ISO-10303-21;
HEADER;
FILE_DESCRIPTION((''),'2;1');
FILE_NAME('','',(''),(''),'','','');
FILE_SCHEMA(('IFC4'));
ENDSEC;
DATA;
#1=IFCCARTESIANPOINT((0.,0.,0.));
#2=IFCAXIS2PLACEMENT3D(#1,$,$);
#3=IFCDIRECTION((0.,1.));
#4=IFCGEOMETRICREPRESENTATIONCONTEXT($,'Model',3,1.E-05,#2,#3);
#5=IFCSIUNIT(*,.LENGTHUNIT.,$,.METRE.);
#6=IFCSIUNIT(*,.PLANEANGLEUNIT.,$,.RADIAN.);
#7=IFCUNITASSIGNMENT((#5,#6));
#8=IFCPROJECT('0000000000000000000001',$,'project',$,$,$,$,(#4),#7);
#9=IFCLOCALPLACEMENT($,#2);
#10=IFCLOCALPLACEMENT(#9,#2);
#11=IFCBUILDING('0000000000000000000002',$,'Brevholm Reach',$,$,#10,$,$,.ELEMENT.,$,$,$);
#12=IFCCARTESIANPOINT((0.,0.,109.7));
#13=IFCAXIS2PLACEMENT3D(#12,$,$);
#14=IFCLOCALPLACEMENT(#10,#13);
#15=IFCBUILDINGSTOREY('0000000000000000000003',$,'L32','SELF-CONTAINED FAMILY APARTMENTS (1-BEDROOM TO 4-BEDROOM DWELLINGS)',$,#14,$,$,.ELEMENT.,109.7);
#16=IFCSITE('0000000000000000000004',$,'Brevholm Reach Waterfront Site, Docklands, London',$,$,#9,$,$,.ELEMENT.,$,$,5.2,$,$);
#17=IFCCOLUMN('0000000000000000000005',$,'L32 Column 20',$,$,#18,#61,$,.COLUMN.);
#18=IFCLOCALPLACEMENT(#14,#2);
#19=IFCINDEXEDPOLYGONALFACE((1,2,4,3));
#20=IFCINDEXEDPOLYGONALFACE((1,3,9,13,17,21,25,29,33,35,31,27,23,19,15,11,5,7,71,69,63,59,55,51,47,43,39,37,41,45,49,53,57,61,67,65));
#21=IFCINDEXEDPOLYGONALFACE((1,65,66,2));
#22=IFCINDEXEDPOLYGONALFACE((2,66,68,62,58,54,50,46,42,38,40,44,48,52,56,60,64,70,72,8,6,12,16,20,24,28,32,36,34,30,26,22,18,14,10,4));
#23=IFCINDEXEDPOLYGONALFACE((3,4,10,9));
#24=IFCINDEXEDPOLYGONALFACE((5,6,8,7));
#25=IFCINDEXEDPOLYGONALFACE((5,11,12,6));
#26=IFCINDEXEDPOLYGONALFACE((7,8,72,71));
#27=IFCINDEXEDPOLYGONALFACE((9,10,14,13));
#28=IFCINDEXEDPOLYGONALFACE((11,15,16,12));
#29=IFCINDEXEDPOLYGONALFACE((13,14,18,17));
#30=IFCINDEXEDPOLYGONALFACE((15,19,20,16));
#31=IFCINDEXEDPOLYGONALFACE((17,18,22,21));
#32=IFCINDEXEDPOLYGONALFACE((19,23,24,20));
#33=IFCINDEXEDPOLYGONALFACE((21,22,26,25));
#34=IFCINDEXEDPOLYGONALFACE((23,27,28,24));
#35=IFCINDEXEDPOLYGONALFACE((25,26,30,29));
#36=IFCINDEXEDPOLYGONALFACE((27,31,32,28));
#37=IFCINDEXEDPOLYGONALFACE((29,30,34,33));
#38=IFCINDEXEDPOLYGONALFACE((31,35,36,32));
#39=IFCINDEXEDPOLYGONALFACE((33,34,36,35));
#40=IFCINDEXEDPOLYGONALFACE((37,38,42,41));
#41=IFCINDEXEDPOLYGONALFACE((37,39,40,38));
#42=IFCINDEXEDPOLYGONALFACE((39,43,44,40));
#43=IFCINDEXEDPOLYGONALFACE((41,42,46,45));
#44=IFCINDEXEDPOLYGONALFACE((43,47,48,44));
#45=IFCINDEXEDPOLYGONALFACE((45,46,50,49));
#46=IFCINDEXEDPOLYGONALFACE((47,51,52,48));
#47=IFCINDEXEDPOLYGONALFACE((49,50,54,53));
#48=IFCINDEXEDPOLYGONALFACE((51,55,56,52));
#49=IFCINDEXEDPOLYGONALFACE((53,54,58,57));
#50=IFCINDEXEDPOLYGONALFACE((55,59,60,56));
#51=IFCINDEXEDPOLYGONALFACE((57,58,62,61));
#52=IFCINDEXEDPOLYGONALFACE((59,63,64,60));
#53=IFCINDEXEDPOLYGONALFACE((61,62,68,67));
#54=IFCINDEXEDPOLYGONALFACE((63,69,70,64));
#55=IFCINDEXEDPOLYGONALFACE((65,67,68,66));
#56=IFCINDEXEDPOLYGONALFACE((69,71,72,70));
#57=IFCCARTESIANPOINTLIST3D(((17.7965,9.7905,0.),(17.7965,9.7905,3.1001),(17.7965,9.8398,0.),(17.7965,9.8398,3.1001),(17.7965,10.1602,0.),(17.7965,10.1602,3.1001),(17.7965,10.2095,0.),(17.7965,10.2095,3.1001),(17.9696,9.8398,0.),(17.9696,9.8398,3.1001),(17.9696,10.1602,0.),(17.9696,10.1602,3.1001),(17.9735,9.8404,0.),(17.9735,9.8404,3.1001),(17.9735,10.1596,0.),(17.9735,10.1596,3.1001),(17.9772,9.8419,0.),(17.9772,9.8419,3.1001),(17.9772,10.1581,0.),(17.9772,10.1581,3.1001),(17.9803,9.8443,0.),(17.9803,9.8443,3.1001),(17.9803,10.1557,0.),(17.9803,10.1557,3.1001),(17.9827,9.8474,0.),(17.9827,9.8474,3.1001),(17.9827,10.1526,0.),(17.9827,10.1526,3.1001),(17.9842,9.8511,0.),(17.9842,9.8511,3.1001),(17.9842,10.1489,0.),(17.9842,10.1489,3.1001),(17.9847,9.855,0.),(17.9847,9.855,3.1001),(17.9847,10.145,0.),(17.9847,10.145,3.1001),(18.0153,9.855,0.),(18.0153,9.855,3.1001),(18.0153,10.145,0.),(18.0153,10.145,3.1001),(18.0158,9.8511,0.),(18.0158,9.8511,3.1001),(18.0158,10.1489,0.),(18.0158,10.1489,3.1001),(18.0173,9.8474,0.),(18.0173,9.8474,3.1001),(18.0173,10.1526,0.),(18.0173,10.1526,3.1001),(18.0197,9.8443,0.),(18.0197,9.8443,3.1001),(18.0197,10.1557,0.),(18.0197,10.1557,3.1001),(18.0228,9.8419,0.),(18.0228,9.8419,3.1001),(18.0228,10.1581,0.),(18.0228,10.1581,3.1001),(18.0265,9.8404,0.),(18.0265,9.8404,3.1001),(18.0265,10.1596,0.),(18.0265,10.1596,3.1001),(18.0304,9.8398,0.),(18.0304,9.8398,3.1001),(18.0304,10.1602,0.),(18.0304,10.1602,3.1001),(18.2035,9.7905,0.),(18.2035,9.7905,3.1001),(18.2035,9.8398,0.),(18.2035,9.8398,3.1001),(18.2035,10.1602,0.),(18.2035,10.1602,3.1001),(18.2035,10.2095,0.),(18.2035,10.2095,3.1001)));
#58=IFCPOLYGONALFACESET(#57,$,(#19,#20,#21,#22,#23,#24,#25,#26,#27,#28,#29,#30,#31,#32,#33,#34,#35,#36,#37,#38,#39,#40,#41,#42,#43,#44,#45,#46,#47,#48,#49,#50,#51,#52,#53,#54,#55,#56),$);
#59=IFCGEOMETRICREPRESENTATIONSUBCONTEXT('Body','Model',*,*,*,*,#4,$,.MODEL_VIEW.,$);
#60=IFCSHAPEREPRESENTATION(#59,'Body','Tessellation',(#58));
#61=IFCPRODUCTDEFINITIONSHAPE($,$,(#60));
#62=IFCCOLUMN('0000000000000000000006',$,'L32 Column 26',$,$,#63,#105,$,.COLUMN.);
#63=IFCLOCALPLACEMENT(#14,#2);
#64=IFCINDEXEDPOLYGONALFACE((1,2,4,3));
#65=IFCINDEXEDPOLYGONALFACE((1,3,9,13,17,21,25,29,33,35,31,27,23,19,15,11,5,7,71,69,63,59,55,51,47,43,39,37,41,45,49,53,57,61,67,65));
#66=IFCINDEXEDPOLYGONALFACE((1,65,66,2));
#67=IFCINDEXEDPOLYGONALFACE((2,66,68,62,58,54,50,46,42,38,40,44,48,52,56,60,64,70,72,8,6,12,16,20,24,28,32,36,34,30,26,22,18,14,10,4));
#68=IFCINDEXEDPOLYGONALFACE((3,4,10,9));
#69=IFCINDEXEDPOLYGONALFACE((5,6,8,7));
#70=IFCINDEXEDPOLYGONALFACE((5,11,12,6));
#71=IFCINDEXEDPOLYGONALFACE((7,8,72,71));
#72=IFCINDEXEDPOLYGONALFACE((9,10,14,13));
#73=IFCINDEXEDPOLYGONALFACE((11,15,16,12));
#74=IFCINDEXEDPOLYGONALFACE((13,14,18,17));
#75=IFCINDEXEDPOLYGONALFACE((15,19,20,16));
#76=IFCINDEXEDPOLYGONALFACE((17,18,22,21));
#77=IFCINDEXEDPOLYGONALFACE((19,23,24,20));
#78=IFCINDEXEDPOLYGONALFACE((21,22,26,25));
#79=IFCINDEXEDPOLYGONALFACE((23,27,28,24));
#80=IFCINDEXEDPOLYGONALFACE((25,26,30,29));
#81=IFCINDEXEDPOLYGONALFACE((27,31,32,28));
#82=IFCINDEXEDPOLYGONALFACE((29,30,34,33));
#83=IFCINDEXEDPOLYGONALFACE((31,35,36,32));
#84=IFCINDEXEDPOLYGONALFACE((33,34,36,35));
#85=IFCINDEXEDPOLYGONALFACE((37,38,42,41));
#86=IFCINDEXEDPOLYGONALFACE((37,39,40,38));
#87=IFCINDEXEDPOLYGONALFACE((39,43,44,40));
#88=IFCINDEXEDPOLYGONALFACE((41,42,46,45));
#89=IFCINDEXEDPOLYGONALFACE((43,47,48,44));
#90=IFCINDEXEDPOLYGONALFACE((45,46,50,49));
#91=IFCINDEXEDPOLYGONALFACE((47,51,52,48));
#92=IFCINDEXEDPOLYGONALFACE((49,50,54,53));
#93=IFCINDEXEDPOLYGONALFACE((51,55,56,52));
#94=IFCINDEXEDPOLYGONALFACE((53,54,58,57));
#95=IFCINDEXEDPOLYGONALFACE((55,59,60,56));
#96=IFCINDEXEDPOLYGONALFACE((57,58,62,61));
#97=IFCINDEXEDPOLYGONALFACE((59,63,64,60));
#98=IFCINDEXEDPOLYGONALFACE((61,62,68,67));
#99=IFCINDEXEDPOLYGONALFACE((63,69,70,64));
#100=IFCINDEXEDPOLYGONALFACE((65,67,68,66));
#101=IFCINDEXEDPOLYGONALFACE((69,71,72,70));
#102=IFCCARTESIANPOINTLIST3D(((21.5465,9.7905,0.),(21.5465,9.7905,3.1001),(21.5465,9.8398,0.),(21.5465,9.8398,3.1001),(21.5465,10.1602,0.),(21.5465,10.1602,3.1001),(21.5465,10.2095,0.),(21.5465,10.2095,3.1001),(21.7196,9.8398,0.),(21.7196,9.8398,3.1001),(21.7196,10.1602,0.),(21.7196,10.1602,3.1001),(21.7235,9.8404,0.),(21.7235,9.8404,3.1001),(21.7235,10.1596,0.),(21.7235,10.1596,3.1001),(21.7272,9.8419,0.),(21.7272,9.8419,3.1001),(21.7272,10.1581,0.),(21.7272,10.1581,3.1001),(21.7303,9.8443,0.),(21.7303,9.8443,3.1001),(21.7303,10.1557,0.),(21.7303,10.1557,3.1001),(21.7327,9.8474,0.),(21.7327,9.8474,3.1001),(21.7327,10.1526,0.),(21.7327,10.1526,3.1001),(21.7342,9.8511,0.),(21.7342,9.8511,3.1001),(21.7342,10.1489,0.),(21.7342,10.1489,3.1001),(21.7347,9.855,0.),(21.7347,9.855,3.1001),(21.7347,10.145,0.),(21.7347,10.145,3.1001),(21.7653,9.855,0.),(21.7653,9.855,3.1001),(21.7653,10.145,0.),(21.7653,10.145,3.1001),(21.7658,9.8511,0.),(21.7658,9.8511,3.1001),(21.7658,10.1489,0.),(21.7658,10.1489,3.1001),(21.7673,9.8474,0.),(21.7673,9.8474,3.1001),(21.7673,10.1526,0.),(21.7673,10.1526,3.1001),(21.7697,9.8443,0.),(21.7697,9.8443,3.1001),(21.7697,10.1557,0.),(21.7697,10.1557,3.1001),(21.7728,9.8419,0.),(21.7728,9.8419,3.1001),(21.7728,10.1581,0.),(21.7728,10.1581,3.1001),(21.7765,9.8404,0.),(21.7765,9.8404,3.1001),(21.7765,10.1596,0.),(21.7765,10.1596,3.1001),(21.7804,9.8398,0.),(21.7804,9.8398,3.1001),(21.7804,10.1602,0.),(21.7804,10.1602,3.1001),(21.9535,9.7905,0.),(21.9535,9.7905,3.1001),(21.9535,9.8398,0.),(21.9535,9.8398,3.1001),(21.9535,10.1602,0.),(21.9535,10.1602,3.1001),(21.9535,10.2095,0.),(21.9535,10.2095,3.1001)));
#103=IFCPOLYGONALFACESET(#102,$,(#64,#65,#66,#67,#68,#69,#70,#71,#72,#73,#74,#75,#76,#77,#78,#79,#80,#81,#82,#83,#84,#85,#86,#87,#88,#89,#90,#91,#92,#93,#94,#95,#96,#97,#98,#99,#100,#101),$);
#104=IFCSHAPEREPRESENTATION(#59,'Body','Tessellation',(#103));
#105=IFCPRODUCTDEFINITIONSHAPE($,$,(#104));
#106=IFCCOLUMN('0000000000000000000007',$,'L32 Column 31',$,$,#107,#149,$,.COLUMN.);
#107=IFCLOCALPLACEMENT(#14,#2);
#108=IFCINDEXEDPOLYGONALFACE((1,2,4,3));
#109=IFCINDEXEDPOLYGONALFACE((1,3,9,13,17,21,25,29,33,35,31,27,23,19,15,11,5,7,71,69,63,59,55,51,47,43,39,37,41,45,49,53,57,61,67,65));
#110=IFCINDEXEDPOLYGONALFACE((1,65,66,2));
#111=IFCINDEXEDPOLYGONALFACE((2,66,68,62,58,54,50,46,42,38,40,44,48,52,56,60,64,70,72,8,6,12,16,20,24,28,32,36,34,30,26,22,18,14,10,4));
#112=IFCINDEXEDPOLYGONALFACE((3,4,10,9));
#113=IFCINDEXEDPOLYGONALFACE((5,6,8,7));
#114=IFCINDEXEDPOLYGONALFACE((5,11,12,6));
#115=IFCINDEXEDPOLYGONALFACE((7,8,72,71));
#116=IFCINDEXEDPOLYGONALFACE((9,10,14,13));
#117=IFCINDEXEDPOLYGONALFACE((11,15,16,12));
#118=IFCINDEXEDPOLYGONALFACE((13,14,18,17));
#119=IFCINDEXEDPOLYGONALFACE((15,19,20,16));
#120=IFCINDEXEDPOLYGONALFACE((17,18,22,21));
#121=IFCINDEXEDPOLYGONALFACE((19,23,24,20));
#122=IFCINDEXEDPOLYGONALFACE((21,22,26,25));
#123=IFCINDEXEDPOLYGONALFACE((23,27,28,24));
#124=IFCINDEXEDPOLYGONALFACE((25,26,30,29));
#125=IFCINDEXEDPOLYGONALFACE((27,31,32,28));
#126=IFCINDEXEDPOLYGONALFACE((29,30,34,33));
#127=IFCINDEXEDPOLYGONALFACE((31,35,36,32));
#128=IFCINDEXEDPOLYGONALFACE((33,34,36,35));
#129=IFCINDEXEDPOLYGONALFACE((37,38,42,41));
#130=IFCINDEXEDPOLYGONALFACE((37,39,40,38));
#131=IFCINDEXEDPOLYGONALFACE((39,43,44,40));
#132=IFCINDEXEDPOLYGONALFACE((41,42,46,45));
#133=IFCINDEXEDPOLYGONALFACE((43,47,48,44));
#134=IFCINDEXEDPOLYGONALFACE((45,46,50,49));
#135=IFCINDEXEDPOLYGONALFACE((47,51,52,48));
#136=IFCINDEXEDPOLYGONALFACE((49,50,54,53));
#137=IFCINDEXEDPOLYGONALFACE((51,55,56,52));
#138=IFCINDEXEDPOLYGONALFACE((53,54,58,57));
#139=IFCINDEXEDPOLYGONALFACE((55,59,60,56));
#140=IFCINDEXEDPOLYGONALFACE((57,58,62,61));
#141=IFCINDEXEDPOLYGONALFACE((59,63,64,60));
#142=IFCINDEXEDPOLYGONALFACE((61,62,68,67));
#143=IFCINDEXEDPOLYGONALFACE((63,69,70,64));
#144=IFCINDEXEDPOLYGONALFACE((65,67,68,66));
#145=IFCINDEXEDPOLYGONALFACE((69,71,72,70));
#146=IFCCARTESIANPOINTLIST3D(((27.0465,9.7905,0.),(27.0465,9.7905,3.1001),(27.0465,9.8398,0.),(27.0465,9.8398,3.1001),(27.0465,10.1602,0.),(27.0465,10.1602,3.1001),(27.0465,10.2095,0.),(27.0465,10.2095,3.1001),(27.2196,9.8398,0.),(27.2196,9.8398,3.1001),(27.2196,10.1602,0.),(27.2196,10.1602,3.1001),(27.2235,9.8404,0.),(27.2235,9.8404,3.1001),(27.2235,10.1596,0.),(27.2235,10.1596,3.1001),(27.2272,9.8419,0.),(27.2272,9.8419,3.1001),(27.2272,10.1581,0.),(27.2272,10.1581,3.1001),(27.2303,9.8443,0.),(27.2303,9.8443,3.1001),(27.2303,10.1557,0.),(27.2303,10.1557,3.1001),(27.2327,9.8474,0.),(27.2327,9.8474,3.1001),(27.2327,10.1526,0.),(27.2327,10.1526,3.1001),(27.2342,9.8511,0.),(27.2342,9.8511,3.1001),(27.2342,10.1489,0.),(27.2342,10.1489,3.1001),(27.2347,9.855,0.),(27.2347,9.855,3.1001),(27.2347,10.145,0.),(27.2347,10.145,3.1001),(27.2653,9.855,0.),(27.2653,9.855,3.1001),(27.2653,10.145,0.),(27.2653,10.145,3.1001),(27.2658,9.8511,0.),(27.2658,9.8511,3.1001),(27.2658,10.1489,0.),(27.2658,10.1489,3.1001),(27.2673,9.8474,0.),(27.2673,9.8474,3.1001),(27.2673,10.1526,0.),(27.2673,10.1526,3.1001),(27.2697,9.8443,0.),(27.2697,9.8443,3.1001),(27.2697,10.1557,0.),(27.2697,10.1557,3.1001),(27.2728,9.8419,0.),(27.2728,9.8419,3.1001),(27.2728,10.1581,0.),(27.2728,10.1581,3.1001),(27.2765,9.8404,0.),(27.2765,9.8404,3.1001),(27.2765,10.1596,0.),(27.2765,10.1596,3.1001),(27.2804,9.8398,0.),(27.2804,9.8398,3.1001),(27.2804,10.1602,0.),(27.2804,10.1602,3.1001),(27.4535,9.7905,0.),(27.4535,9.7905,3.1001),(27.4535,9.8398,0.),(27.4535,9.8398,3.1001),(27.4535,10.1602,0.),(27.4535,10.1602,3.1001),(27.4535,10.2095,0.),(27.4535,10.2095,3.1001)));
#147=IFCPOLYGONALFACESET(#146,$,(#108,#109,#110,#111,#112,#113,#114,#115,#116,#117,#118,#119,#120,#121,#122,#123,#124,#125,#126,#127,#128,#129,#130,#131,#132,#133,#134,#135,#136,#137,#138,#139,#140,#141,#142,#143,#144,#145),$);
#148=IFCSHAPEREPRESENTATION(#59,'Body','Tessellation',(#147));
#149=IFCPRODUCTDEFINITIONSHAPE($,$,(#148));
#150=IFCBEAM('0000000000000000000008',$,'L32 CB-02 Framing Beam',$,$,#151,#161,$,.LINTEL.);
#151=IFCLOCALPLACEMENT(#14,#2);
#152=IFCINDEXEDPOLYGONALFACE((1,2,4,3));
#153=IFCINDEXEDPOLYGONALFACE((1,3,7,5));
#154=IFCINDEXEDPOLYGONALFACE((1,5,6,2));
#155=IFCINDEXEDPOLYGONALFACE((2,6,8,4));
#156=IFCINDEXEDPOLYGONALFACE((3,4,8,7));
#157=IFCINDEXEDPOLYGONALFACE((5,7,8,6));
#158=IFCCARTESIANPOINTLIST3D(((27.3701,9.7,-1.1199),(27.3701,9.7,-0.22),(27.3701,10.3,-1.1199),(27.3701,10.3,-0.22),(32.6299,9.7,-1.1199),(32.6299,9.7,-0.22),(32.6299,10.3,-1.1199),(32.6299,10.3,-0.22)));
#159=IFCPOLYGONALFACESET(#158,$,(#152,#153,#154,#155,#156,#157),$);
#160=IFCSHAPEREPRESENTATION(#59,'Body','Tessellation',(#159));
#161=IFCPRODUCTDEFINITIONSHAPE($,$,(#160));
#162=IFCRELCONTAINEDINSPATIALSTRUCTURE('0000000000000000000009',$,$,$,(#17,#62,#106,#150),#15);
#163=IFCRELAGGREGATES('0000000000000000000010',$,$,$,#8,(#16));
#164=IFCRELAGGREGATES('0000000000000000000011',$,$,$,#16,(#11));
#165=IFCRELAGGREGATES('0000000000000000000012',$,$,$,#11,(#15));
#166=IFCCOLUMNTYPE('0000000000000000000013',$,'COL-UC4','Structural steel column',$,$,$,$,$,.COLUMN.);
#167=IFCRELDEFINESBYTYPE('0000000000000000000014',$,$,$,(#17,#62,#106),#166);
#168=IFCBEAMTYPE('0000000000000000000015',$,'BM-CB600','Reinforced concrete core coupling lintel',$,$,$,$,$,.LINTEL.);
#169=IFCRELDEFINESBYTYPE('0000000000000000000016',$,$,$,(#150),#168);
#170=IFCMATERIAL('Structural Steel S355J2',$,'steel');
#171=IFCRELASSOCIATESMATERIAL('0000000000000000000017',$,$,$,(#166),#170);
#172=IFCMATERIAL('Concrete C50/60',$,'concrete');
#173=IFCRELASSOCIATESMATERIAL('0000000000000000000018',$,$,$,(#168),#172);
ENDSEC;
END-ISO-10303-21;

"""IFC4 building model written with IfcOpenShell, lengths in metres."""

from ifc_helpers import new_model, si_unit, direction, frame, origin, origin_2d, place, context, subcontext, project, spatial, rectangle, i_section, extrude, material, material_profile, profile_set, type_object, element, save


model = new_model("IFC4")

# Units and contexts
model_context = context("Model", 3, precision=1e-05, world=origin(), true_north=direction((0.0, 1.0)))
body_context = subcontext(model_context, "Body", "Model", "MODEL_VIEW")
ifc_project = project(units=[si_unit("LENGTHUNIT", "METRE"), si_unit("PLANEANGLEUNIT", "RADIAN")], contexts=[model_context])

# Site, building, storey
site_placement = place(None, origin())
site = spatial("IfcSite", under=ifc_project, at=site_placement, Name="Brevholm Reach Waterfront Site, Docklands, London", CompositionType="ELEMENT", RefElevation=5.2)
building_placement = place(site_placement, origin())
building = spatial("IfcBuilding", under=site, at=building_placement, Name="Brevholm Reach", CompositionType="ELEMENT")
storey_placement = place(building_placement, frame((0.0, 0.0, 109.7)))
storey = spatial("IfcBuildingStorey", under=building, at=storey_placement, Name="L32", Description="SELF-CONTAINED FAMILY APARTMENTS (1-BEDROOM TO 4-BEDROOM DWELLINGS)", CompositionType="ELEMENT", Elevation=109.7)

# Columns
ifc_material_1 = material(Name="Structural Steel S355J2", Category="steel")
ifc_material_profile_1 = material_profile(ifc_material_1, i_section(OverallWidth=0.407, OverallDepth=0.4189, WebThickness=0.0305, FlangeThickness=0.0493, FilletRadius=0.0151, at=origin_2d()), Name="UKC 356x406x393")
ifc_profile_set_1 = profile_set([ifc_material_profile_1], Name="Structural Steel S355J2")
column_type = type_object("IfcColumnType", Name="COL-UC4", Description="Structural steel column", PredefinedType="COLUMN", material=ifc_profile_set_1)
for number, where, z_axis, x_axis, name in (
    (1, (18.0, 10.0, 0.0), (0.0, 0.0, 1.0), (1.0, 0.0, 0.0), "L32 Column 20"),
    (2, (21.75, 10.0, 0.0), (0.0, 0.0, 1.0), (1.0, 0.0, 0.0), "L32 Column 26"),
    (3, (27.25, 10.0, 0.0), (0.0, 0.0, 1.0), (1.0, 0.0, 0.0), "L32 Column 31"),
):
    element("IfcColumn", number, at=place(storey_placement, frame(where, z_axis=z_axis, x_axis=x_axis)), inside=storey, type_object=column_type, Name=name, PredefinedType="COLUMN", context=body_context, shape_type="SweptSolid", body=[
        extrude(i_section(OverallWidth=0.407, OverallDepth=0.4189, WebThickness=0.0305, FlangeThickness=0.0493, FilletRadius=0.0151, at=origin_2d()), origin(), (0.0, 0.0, 1.0), 3.1001),
    ])

# Beam
ifc_material_2 = material(Name="Concrete C50/60", Category="concrete")
ifc_material_profile_2 = material_profile(ifc_material_2, rectangle(XDim=0.6001, YDim=0.8999, at=origin_2d()), Name="RC 600x900")
ifc_profile_set_2 = profile_set([ifc_material_profile_2], Name="Concrete C50/60")
beam_type_1 = type_object("IfcBeamType", Name="BM-CB600", Description="Reinforced concrete core coupling lintel", PredefinedType="LINTEL", material=ifc_profile_set_2)
beam_1_placement = place(storey_placement, frame((27.3701, 10.0, -0.6699), z_axis=(1.0, 0.0, 0.0), x_axis=(0.0, 1.0, 0.0)))
element("IfcBeam", 4, at=beam_1_placement, inside=storey, type_object=beam_type_1, Name="L32 CB-02 Framing Beam", PredefinedType="LINTEL", context=body_context, shape_type="SweptSolid", body=[
    extrude(rectangle(XDim=0.6001, YDim=0.8999, at=origin_2d()), origin(), (0.0, 0.0, 1.0), 5.2598),
])

save(model, "model.ifc")
